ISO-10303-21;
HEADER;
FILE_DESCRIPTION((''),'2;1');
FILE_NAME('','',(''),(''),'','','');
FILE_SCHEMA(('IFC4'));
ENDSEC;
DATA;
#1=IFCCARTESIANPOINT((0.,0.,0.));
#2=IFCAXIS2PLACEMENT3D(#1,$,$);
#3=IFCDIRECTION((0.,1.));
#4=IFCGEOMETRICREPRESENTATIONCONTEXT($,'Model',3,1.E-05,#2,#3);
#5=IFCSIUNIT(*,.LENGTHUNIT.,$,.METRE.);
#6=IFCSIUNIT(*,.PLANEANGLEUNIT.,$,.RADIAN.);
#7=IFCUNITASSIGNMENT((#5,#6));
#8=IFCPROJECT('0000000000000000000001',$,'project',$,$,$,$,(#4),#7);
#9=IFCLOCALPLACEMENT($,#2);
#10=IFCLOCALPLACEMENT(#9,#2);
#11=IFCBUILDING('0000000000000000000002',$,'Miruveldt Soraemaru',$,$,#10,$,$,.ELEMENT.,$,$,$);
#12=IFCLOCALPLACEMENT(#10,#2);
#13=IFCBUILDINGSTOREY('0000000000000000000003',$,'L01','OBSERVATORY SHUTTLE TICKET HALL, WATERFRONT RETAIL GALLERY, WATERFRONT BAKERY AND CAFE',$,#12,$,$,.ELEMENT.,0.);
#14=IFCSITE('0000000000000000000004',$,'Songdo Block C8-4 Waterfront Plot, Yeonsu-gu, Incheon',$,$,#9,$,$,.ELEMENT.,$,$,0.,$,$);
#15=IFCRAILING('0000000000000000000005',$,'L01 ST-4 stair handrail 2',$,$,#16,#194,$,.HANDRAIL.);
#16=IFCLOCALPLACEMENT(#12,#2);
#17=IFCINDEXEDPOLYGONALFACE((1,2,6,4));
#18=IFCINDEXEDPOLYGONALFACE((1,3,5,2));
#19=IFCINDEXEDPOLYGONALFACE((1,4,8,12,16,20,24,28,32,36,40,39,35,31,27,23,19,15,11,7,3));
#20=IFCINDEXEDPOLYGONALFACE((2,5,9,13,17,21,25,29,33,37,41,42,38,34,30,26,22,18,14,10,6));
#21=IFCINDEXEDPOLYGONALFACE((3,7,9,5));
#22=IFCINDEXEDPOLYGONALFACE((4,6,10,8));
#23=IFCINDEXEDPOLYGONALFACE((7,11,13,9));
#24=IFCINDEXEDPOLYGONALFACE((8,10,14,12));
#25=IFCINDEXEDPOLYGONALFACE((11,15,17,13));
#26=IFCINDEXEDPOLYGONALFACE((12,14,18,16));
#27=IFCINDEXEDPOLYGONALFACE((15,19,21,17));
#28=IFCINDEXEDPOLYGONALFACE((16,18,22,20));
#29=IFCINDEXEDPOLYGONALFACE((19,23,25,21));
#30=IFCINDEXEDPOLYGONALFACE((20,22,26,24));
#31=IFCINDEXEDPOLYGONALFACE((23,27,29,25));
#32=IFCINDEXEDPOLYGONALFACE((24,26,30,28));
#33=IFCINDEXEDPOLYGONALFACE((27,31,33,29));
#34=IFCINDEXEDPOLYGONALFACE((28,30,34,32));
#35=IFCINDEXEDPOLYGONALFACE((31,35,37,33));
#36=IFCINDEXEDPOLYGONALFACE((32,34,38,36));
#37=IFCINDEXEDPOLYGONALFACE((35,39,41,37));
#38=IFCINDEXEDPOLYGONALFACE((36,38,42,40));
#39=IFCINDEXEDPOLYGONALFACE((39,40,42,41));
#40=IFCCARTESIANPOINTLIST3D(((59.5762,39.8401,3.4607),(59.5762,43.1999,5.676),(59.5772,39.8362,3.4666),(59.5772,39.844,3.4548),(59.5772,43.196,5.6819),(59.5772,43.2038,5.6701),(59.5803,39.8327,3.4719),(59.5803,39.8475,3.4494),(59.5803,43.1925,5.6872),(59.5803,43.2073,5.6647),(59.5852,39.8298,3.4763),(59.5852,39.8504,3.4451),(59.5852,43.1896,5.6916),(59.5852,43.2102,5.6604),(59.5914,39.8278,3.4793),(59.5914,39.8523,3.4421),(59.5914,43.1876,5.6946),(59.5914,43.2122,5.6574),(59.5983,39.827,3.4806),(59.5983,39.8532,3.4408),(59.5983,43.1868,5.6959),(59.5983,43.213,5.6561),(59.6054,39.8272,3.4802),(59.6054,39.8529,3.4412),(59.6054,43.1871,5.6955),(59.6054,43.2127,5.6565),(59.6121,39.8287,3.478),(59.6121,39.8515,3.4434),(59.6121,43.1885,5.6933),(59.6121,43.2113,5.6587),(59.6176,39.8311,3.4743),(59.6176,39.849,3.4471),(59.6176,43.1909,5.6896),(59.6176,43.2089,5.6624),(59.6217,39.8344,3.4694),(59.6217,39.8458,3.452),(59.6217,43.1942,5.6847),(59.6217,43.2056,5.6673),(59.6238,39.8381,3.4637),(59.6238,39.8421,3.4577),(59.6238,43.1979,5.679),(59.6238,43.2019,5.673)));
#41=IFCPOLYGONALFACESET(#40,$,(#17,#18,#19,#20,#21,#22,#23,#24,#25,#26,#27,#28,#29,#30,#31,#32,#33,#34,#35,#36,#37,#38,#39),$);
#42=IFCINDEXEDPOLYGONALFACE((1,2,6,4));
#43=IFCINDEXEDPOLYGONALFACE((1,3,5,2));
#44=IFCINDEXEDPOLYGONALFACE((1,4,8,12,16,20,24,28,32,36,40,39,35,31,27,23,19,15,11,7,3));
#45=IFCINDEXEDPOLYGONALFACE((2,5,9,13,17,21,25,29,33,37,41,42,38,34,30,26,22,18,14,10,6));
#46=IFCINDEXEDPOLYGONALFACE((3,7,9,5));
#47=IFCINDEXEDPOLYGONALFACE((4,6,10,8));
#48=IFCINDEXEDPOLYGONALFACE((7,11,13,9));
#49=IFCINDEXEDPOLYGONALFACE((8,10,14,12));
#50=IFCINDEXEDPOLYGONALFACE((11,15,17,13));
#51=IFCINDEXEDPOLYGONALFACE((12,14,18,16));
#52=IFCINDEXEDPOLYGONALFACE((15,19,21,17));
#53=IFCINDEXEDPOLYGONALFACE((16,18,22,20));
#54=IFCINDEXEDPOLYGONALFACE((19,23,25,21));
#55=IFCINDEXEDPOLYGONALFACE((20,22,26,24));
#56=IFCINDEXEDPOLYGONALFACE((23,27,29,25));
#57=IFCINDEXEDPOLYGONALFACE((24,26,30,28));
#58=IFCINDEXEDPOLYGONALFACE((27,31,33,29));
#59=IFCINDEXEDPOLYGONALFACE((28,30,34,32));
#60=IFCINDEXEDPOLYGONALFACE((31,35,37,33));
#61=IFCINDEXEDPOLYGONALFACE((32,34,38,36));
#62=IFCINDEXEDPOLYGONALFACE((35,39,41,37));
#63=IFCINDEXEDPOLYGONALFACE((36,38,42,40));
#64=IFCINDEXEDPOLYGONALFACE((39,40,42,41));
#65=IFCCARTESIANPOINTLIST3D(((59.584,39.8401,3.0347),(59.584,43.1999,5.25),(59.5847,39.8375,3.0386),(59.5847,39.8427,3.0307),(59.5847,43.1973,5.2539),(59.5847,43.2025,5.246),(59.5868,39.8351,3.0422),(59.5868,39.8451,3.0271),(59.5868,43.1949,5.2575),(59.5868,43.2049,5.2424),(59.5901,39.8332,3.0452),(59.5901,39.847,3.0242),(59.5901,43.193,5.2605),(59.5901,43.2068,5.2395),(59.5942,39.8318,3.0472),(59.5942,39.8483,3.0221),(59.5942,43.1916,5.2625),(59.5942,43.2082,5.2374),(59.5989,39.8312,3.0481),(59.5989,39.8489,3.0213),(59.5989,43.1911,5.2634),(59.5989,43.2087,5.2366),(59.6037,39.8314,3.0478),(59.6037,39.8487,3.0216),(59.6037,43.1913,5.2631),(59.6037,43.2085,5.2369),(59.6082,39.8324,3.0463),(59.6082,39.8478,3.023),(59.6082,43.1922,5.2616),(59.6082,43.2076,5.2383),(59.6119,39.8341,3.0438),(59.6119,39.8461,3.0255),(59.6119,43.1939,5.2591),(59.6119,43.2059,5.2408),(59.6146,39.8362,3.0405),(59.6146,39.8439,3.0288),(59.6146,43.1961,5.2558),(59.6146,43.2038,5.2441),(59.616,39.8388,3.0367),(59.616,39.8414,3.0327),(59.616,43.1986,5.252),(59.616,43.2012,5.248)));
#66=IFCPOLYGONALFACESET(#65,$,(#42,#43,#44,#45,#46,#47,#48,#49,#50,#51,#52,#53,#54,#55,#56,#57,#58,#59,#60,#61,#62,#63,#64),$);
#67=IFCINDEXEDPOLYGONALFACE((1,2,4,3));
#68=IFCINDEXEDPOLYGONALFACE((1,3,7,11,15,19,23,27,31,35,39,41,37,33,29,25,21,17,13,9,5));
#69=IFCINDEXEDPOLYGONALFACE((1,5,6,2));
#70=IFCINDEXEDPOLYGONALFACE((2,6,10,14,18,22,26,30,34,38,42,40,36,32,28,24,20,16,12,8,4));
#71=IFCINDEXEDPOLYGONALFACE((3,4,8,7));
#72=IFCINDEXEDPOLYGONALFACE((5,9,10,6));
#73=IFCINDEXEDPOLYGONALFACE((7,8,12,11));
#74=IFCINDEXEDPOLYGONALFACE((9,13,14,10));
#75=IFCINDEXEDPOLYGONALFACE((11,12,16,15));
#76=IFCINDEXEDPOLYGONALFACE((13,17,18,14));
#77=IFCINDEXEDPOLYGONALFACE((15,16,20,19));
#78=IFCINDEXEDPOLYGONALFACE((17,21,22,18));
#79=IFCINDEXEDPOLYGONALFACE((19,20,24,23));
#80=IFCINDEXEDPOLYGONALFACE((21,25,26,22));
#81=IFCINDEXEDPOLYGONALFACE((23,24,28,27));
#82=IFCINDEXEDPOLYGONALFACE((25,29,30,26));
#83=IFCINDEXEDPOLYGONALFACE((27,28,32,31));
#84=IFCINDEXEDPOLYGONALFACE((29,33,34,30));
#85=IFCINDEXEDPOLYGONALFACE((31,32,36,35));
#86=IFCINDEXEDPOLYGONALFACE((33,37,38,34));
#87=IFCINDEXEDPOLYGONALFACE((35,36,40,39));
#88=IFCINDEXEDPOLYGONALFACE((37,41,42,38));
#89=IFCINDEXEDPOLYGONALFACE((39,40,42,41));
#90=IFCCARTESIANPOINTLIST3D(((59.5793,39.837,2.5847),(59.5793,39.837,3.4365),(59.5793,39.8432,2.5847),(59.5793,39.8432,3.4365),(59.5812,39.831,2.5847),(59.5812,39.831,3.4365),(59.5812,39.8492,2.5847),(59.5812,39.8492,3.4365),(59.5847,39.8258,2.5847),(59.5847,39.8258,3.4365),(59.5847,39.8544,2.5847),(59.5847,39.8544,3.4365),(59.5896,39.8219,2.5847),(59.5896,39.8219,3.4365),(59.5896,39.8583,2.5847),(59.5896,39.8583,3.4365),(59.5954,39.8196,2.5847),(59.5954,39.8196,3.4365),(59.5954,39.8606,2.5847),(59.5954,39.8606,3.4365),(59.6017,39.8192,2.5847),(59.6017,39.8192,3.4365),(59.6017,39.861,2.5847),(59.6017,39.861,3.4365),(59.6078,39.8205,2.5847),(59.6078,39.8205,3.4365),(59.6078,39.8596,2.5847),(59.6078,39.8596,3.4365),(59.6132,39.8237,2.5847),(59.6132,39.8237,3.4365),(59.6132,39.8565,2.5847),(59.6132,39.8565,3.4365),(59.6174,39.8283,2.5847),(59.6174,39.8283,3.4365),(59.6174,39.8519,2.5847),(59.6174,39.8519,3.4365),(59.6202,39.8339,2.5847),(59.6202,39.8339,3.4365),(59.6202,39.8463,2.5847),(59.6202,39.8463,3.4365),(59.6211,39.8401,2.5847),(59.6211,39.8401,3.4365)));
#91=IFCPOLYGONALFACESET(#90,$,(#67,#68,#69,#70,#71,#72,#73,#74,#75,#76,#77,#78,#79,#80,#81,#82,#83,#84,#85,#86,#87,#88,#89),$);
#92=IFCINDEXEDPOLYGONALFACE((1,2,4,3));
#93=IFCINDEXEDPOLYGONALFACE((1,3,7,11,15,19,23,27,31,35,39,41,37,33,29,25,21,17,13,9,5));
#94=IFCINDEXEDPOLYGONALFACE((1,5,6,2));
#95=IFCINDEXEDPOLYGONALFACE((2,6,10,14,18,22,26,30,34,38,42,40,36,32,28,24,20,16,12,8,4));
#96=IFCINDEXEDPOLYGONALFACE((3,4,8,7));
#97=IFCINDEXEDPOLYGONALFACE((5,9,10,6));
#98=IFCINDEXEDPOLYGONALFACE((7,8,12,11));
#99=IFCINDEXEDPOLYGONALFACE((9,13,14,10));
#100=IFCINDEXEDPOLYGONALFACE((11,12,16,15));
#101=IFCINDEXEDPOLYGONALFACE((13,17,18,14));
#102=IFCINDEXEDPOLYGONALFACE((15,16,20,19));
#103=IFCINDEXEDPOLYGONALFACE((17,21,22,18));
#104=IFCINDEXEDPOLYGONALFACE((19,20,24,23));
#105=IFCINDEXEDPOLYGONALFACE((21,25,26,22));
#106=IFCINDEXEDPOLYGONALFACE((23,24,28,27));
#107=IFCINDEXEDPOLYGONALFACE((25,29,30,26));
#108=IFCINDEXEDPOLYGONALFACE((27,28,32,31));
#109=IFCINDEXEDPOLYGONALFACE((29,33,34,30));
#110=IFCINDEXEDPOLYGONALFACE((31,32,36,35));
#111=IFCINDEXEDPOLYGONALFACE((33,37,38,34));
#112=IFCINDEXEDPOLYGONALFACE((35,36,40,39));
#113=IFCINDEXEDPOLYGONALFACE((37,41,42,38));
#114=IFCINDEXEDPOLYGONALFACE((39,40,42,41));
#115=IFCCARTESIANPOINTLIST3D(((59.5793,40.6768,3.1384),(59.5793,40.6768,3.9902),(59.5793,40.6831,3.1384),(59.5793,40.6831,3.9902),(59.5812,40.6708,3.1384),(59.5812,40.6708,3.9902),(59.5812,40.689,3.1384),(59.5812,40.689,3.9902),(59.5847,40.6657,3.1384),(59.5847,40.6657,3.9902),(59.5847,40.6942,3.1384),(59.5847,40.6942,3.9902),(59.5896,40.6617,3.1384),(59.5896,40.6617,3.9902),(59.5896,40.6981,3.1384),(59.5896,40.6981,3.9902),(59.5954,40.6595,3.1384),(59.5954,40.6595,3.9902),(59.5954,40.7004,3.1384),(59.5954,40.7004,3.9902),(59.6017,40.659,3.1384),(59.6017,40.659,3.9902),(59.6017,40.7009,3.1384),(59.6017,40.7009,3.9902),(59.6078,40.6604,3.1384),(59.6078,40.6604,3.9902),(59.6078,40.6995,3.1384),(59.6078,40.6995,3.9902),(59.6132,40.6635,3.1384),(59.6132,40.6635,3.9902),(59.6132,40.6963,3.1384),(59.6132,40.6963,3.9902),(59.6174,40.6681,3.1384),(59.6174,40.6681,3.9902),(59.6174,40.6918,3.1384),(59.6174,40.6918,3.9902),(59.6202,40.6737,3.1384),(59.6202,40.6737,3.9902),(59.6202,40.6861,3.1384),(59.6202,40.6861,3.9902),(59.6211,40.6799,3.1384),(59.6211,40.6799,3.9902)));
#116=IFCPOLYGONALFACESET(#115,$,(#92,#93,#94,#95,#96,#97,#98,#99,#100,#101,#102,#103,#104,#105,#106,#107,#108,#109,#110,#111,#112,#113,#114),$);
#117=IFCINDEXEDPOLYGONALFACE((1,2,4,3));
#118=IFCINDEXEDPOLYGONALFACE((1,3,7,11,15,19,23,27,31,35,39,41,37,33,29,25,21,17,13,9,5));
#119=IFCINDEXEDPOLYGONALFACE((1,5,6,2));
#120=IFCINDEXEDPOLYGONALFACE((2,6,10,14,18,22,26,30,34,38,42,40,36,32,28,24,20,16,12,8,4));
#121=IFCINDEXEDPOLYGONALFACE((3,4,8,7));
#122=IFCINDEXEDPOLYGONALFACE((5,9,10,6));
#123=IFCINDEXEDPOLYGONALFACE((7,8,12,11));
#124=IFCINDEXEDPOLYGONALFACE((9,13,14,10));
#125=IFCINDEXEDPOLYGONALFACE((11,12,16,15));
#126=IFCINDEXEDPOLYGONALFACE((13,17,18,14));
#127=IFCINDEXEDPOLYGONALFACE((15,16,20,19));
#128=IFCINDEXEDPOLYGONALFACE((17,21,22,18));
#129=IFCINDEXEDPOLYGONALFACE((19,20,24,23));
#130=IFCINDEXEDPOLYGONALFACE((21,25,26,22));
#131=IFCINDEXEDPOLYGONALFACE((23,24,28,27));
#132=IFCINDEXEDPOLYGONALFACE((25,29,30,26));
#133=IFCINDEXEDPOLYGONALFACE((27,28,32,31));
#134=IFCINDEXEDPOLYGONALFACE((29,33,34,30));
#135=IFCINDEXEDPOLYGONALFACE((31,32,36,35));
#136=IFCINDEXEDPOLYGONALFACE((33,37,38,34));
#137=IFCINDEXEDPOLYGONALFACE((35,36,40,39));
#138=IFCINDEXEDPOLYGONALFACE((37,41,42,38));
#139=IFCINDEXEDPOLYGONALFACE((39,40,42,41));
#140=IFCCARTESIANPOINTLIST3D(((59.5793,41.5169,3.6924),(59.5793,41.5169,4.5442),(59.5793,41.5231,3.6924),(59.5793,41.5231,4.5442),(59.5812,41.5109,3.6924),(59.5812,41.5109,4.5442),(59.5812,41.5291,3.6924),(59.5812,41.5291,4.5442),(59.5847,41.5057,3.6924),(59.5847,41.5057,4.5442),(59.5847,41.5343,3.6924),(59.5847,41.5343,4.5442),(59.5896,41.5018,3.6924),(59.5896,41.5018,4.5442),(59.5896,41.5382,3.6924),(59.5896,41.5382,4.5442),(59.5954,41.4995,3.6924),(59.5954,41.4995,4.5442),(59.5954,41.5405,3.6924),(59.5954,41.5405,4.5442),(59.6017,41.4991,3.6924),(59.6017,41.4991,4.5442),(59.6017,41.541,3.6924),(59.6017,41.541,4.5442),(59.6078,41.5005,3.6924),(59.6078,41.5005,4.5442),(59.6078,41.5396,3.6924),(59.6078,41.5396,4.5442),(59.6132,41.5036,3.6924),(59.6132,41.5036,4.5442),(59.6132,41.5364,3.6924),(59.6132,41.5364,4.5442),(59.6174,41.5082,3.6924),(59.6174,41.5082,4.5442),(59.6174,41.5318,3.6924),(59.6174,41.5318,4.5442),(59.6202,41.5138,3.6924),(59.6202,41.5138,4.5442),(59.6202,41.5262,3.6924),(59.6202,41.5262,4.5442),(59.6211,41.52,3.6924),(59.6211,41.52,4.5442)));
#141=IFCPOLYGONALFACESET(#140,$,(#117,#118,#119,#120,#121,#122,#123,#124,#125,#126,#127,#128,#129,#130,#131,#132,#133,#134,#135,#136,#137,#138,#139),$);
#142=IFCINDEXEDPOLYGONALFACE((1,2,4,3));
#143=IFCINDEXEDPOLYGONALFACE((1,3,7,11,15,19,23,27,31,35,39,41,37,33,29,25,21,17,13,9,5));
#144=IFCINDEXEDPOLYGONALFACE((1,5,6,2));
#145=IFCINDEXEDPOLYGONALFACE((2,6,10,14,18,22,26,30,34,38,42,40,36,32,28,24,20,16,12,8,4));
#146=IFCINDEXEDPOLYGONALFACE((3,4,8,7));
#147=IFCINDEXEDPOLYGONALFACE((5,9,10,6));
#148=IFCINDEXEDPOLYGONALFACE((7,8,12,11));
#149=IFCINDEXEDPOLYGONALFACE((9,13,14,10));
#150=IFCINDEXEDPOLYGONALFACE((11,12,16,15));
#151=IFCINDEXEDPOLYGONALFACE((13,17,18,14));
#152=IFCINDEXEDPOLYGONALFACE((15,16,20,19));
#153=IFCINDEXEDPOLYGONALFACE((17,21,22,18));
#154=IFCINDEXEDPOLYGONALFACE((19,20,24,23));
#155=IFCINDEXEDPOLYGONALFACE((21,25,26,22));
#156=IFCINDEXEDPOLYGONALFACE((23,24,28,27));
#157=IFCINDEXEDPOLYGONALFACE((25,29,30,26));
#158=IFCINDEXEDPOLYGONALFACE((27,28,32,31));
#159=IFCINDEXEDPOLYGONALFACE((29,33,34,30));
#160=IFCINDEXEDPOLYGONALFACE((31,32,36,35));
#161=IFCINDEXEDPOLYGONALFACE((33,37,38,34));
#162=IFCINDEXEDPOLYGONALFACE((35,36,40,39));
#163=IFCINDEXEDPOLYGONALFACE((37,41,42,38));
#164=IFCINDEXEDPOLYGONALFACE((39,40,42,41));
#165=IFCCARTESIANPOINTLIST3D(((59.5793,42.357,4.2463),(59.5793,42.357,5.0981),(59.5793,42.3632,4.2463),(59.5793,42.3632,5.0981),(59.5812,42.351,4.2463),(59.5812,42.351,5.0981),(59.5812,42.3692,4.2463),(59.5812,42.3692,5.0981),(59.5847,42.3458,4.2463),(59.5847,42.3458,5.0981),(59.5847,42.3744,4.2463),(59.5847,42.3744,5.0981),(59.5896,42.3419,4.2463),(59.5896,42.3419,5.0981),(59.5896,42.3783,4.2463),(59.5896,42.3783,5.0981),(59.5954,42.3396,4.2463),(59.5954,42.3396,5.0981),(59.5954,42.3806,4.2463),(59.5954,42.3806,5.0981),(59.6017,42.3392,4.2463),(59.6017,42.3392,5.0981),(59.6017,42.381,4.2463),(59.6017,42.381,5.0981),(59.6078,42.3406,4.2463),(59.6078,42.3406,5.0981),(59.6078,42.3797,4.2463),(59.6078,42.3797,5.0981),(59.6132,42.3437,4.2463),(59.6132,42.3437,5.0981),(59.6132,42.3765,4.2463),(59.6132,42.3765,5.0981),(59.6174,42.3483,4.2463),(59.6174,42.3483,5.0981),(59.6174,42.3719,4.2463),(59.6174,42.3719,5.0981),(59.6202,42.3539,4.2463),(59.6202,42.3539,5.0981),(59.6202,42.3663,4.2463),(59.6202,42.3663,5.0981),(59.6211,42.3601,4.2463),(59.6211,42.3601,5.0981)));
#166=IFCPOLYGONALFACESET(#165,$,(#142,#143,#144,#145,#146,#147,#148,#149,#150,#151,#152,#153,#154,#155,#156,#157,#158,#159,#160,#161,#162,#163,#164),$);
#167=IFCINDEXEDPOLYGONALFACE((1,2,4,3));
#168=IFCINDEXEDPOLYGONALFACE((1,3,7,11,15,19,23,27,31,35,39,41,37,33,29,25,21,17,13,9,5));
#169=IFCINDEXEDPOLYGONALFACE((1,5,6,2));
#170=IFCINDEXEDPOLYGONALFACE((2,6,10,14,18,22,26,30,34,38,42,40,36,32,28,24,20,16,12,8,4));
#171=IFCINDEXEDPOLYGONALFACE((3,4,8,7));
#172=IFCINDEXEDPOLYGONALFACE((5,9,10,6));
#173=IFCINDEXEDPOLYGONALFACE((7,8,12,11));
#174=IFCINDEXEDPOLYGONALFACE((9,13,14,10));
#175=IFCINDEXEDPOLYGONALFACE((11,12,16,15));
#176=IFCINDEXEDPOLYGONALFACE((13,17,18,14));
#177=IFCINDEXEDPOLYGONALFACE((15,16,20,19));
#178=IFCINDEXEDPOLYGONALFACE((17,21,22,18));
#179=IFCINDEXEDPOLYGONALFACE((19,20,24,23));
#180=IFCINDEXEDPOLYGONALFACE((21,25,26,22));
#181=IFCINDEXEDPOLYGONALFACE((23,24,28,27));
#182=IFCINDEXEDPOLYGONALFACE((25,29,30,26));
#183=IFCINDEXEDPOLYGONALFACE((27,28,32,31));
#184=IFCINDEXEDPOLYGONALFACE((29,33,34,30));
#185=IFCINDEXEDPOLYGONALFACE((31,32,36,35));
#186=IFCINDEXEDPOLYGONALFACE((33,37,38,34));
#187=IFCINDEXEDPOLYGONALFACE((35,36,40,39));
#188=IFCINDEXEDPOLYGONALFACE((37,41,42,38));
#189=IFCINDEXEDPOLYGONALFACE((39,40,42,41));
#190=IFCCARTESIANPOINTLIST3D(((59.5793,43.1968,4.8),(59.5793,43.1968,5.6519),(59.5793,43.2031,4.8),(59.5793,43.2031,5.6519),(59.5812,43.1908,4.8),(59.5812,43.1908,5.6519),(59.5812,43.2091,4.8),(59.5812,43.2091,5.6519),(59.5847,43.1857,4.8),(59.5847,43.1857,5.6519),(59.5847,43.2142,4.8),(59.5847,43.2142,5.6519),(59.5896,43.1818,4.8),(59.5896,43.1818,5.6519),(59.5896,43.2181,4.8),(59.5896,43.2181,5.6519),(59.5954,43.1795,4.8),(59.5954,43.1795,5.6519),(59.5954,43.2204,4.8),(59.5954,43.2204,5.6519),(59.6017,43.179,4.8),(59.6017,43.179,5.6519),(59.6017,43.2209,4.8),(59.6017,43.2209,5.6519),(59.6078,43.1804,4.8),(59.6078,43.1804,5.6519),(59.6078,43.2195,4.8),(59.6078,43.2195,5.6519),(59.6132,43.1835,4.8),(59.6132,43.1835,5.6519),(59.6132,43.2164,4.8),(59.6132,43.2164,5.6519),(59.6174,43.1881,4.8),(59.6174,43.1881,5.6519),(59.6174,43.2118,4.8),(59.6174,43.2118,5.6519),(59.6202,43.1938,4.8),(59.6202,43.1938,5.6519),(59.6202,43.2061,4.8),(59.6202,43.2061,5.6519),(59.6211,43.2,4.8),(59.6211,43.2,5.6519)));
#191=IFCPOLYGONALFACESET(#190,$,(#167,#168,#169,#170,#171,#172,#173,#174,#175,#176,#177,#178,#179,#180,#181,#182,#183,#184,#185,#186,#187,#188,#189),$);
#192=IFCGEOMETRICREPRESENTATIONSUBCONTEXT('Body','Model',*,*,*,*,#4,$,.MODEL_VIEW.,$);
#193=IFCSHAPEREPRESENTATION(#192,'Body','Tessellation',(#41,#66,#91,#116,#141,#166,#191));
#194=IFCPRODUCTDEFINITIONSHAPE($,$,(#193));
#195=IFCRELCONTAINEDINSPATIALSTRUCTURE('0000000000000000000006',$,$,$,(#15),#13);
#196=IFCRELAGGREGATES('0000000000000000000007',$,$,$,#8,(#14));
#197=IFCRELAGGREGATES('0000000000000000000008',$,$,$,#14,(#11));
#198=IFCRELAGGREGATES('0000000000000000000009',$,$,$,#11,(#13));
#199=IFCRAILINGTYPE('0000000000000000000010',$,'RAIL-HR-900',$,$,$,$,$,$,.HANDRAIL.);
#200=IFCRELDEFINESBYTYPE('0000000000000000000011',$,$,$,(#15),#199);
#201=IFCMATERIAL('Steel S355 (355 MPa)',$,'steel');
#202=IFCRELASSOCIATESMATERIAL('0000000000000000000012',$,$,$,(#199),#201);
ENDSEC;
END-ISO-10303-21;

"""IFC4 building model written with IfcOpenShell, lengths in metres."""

from ifc_helpers import new_model, si_unit, direction, frame, origin, origin_2d, place, context, subcontext, project, spatial, circle, extrude, material, type_object, element, save


model = new_model("IFC4")

# Units and contexts
model_context = context("Model", 3, precision=1e-05, world=origin(), true_north=direction((0.0, 1.0)))
body_context = subcontext(model_context, "Body", "Model", "MODEL_VIEW")
ifc_project = project(units=[si_unit("LENGTHUNIT", "METRE"), si_unit("PLANEANGLEUNIT", "RADIAN")], contexts=[model_context])

# Site, building, storey
site_placement = place(None, origin())
site = spatial("IfcSite", under=ifc_project, at=site_placement, Name="Songdo Block C8-4 Waterfront Plot, Yeonsu-gu, Incheon", CompositionType="ELEMENT", RefElevation=0.0)
building_placement = place(site_placement, origin())
building = spatial("IfcBuilding", under=site, at=building_placement, Name="Miruveldt Soraemaru", CompositionType="ELEMENT")
storey_placement = place(building_placement, origin())
storey = spatial("IfcBuildingStorey", under=building, at=storey_placement, Name="L01", Description="OBSERVATORY SHUTTLE TICKET HALL, WATERFRONT RETAIL GALLERY, WATERFRONT BAKERY AND CAFE", CompositionType="ELEMENT", Elevation=0.0)

# Shared definitions
ifc_material_1 = material(Name="Steel S355 (355 MPa)", Category="steel")

# Railing
railing_type_1 = type_object("IfcRailingType", Name="RAIL-HR-900", PredefinedType="HANDRAIL", material=ifc_material_1)
railing_1_placement = place(storey_placement, frame((59.6001, 39.8401, 2.5847)))
element("IfcRailing", 1, at=railing_1_placement, inside=storey, type_object=railing_type_1, Name="L01 ST-4 stair handrail 2", PredefinedType="HANDRAIL", context=body_context, shape_type="SweptSolid", body=[
    extrude(circle(Radius=0.0239, at=origin_2d()), frame((0.0, 0.0, 0.876), z_axis=(0.0, 0.834858, 0.550465), x_axis=(-1.0, 0.0, 0.0)), (0.0, 0.0, 1.0), 4.0244),
    extrude(circle(Radius=0.0161, at=origin_2d()), frame((0.0, 0.0, 0.45), z_axis=(0.0, 0.834858, 0.550465), x_axis=(-1.0, 0.0, 0.0)), (0.0, 0.0, 1.0), 4.0244),
    extrude(circle(Radius=0.021, at=origin_2d()), origin(), (0.0, 0.0, 1.0), 0.8518),
    extrude(circle(Radius=0.021, at=origin_2d()), frame((0.0, 0.8398, 0.5537)), (0.0, 0.0, 1.0), 0.8518),
    extrude(circle(Radius=0.021, at=origin_2d()), frame((0.0, 1.6799, 1.1077)), (0.0, 0.0, 1.0), 0.8518),
    extrude(circle(Radius=0.021, at=origin_2d()), frame((0.0, 2.52, 1.6616)), (0.0, 0.0, 1.0), 0.8518),
    extrude(circle(Radius=0.021, at=origin_2d()), frame((0.0, 3.3599, 2.2153)), (0.0, 0.0, 1.0), 0.8518),
])

save(model, "model.ifc")
